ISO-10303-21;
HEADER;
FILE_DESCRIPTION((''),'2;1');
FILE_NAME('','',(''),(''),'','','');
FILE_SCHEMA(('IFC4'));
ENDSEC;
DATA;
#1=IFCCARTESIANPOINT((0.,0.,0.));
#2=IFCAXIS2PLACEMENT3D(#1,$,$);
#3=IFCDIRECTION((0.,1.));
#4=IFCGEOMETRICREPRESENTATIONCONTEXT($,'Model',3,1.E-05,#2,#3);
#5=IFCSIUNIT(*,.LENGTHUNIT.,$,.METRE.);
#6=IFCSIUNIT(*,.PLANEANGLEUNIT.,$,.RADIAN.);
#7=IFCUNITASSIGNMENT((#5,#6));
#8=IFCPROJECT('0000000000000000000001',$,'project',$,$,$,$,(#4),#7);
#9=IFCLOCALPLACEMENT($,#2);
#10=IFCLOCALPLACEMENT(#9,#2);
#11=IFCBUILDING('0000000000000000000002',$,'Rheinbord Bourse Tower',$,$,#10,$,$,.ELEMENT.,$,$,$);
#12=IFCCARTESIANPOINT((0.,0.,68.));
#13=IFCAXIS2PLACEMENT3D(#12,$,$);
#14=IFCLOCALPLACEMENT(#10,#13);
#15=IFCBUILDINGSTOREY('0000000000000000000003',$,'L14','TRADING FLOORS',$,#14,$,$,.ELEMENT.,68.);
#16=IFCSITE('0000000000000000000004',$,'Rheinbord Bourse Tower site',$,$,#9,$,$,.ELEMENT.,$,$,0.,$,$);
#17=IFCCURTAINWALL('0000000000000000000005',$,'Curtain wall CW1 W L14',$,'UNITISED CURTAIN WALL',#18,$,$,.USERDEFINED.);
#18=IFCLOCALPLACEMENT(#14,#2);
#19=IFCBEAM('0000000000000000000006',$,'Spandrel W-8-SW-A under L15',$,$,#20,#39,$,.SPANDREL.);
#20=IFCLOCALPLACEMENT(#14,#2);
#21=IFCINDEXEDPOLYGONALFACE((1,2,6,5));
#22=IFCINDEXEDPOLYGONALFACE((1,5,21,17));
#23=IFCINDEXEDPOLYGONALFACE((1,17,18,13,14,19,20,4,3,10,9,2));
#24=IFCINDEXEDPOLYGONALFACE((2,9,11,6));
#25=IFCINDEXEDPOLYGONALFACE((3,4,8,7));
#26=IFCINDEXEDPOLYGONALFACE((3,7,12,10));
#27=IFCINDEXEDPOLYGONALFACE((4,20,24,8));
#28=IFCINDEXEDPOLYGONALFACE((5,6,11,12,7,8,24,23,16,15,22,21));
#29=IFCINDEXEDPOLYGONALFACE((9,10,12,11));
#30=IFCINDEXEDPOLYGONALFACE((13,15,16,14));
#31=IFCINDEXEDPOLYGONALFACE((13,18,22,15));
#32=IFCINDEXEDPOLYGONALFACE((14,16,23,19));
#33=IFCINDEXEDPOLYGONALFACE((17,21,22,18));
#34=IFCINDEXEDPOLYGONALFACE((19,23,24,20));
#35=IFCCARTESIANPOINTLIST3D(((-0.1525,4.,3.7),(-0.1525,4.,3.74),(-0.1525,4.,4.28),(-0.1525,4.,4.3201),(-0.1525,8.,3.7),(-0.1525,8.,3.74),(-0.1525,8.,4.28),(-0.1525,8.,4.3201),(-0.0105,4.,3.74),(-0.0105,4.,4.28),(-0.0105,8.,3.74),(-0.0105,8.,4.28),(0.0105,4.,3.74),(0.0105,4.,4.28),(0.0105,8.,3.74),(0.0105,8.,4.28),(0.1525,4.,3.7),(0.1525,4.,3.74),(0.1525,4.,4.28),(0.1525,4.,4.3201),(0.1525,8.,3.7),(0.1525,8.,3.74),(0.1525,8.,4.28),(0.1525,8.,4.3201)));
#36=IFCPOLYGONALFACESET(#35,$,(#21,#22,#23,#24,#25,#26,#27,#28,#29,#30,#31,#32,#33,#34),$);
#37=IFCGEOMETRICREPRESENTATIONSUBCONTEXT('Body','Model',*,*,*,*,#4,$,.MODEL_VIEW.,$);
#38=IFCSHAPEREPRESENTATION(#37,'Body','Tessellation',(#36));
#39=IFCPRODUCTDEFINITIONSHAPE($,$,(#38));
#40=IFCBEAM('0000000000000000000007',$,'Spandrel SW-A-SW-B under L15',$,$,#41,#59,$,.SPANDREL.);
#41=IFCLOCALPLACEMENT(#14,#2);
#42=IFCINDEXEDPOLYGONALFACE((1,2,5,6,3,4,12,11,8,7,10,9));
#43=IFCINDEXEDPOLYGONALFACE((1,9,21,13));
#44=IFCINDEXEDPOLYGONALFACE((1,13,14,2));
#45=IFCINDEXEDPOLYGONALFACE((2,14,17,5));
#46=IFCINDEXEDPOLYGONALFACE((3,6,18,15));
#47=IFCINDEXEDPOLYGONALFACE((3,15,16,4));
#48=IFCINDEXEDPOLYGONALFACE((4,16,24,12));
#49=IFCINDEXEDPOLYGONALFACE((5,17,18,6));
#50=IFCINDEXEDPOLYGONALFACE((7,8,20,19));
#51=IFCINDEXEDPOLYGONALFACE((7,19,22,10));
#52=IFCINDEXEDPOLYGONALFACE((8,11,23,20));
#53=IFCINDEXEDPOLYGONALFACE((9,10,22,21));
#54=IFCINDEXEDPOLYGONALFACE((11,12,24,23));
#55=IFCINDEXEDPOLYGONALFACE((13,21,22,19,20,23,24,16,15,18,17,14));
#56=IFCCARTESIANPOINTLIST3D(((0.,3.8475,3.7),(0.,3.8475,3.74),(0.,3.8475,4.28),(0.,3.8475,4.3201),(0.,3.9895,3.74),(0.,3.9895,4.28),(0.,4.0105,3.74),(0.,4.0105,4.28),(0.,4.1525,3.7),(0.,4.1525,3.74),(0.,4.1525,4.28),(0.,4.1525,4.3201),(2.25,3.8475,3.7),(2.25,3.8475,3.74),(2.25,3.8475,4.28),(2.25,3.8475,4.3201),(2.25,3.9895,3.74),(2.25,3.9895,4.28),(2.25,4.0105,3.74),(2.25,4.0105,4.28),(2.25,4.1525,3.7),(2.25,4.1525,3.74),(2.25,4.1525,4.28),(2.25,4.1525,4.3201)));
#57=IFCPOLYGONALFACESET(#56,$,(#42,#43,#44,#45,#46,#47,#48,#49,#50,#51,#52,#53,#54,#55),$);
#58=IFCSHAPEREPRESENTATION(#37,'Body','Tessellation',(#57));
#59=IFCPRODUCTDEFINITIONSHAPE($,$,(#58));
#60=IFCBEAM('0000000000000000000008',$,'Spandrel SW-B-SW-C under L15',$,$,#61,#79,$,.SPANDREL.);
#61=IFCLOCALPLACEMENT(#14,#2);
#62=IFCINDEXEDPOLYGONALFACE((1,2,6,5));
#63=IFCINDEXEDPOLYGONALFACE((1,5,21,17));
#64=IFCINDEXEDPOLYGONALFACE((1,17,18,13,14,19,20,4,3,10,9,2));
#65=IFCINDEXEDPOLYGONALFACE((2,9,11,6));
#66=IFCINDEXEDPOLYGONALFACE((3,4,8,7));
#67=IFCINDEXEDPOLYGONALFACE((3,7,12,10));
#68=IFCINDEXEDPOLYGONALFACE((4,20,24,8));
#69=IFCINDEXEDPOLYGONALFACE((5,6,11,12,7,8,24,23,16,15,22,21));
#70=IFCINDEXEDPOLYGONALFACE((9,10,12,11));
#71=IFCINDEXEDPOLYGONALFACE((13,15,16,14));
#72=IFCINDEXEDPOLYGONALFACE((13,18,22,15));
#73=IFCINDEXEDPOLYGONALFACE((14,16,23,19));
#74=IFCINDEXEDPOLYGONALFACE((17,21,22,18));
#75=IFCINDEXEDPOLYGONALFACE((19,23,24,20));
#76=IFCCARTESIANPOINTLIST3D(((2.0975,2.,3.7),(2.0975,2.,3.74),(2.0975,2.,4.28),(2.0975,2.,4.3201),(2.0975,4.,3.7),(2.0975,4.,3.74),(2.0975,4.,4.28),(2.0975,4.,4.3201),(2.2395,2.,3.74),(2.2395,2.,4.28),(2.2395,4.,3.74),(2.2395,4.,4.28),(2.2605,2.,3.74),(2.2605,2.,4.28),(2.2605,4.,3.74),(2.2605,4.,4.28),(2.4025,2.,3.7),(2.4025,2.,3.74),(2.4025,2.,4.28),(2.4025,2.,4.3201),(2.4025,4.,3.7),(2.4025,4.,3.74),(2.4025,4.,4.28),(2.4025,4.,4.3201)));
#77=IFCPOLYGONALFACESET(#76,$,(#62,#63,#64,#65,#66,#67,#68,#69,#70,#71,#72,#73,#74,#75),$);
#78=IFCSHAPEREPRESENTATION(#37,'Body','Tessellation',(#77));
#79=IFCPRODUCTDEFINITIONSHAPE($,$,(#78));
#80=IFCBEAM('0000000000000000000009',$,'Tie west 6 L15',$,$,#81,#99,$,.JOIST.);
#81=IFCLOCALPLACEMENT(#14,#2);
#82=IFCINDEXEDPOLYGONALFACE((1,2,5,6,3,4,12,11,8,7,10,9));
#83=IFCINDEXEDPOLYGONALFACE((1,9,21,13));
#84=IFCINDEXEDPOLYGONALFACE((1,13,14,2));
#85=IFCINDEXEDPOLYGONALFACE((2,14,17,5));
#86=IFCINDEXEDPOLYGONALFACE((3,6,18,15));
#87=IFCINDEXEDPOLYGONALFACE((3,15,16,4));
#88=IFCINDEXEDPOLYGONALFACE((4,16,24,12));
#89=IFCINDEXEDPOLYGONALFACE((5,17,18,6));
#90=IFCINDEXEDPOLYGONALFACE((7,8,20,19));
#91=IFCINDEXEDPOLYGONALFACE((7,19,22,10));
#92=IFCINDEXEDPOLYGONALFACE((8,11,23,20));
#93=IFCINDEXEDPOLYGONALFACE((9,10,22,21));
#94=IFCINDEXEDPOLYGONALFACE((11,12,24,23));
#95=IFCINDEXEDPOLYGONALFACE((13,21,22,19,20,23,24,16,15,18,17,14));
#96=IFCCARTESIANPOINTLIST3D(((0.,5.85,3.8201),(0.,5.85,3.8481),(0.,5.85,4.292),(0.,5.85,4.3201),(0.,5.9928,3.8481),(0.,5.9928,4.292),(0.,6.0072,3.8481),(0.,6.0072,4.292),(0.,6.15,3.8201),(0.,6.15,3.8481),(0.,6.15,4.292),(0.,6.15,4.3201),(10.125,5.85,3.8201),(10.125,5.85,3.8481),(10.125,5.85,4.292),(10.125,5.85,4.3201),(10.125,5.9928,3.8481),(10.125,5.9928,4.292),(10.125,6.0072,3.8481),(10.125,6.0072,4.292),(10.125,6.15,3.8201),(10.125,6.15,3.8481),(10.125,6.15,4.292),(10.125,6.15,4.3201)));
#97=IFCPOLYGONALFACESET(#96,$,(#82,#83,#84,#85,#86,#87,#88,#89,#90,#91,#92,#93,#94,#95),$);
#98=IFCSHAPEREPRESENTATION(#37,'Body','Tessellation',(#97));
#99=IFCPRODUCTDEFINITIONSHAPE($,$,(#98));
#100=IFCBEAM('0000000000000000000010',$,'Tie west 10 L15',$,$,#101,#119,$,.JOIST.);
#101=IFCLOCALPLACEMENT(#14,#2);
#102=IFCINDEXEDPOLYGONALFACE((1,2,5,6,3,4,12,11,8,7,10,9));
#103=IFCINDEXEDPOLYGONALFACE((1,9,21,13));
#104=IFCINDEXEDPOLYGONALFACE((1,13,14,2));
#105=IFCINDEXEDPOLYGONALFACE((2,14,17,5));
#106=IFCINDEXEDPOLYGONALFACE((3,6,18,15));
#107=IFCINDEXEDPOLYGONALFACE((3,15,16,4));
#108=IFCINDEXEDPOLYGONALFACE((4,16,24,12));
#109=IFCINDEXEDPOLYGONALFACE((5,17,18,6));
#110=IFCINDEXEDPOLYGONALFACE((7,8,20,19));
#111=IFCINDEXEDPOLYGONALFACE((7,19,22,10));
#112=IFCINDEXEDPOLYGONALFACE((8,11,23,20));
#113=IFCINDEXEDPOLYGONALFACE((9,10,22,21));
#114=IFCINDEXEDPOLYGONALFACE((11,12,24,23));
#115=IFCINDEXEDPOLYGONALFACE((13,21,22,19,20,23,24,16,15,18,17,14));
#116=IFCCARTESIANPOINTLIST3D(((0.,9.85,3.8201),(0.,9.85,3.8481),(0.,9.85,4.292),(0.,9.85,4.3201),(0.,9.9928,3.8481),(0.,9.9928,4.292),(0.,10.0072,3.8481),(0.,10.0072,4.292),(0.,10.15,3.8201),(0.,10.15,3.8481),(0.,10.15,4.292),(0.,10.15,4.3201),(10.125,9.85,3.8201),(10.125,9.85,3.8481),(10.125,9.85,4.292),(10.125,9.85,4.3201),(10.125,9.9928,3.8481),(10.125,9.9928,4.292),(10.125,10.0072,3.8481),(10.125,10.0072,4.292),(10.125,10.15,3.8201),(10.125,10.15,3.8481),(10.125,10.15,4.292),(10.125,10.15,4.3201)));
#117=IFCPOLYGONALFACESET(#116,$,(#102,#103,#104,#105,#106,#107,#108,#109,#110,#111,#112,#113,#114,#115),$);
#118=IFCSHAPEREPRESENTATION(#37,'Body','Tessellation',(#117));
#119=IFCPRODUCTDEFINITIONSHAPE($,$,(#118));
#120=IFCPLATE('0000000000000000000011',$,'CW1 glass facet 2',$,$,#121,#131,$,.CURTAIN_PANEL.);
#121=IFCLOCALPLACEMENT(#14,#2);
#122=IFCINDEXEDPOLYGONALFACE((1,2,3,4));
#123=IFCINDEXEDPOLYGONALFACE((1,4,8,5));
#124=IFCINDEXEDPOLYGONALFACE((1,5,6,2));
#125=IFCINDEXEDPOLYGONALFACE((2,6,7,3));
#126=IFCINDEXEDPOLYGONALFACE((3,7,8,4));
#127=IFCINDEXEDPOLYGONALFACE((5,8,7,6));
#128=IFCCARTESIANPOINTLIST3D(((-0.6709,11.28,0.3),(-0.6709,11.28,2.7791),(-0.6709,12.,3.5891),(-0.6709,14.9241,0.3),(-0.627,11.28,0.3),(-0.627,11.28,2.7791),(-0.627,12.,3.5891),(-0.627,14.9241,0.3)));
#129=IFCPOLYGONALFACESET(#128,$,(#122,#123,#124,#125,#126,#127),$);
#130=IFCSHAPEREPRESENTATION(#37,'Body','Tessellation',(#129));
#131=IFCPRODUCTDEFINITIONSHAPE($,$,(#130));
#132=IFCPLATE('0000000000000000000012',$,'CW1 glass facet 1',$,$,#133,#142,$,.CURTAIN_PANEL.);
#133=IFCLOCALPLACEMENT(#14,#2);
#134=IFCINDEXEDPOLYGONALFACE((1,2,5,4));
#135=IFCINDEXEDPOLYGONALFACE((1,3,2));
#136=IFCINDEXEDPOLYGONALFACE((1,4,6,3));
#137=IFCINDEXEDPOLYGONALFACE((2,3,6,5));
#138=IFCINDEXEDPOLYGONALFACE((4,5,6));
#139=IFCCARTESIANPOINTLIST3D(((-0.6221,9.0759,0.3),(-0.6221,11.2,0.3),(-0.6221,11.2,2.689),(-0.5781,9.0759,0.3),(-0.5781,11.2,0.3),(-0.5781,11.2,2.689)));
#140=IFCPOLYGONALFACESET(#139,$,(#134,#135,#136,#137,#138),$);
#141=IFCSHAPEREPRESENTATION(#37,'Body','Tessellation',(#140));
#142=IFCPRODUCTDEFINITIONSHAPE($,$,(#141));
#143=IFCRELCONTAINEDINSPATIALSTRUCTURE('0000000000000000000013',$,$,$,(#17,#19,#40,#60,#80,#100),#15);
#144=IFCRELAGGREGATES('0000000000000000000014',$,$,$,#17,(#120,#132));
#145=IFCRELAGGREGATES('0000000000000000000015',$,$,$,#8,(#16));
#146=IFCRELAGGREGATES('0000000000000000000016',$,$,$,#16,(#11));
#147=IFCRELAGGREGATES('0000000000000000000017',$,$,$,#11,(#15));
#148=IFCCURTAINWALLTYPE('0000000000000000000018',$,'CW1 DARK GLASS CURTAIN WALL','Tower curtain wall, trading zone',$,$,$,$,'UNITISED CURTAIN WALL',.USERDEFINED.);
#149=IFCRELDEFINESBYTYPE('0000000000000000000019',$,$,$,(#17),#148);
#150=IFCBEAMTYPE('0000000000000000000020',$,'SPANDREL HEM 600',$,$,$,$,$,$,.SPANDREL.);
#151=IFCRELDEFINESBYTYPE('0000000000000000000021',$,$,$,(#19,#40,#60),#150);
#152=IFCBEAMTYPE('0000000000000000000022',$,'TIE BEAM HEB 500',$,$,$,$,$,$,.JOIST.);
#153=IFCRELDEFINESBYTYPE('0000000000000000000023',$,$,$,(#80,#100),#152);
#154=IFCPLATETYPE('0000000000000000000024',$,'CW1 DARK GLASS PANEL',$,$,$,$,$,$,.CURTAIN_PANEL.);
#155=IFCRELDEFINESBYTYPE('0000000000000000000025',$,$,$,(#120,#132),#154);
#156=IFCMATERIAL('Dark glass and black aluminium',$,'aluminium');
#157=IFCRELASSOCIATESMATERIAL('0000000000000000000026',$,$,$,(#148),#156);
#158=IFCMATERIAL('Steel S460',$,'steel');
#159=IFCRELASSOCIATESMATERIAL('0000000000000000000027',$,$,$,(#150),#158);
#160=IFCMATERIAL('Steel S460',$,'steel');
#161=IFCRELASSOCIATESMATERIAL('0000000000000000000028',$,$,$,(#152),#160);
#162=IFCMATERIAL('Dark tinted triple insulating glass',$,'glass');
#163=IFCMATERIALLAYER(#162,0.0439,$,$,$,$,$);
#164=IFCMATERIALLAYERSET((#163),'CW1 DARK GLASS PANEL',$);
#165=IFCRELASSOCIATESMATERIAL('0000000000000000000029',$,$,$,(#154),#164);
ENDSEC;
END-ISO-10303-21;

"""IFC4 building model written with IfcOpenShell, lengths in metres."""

from ifc_helpers import new_model, si_unit, direction, frame, origin, origin_2d, place, context, subcontext, project, spatial, polyline, i_section, outline, extrude, material, layer, layer_set, material_profile, profile_set, type_object, element, aggregate, save


model = new_model("IFC4")

# Units and contexts
model_context = context("Model", 3, precision=1e-05, world=origin(), true_north=direction((0.0, 1.0)))
body_context = subcontext(model_context, "Body", "Model", "MODEL_VIEW")
ifc_project = project(units=[si_unit("LENGTHUNIT", "METRE"), si_unit("PLANEANGLEUNIT", "RADIAN")], contexts=[model_context])

# Site, building, storey
site_placement = place(None, origin())
site = spatial("IfcSite", under=ifc_project, at=site_placement, Name="Rheinbord Bourse Tower site", CompositionType="ELEMENT", RefElevation=0.0)
building_placement = place(site_placement, origin())
building = spatial("IfcBuilding", under=site, at=building_placement, Name="Rheinbord Bourse Tower", CompositionType="ELEMENT")
storey_placement = place(building_placement, frame((0.0, 0.0, 68.0)))
storey = spatial("IfcBuildingStorey", under=building, at=storey_placement, Name="L14", Description="TRADING FLOORS", CompositionType="ELEMENT", Elevation=68.0)

# Curtain wall
ifc_material_1 = material(Name="Dark glass and black aluminium", Category="aluminium")
curtain_wall_type = type_object("IfcCurtainWallType", Name="CW1 DARK GLASS CURTAIN WALL", Description="Tower curtain wall, trading zone", ElementType="UNITISED CURTAIN WALL", PredefinedType="USERDEFINED", material=ifc_material_1)
curtain_wall_placement = place(storey_placement, origin())
curtain_wall = element("IfcCurtainWall", 1, at=curtain_wall_placement, inside=storey, type_object=curtain_wall_type, Name="Curtain wall CW1 W L14", ObjectType="UNITISED CURTAIN WALL", PredefinedType="USERDEFINED")

# Beams
ifc_material_2 = material(Name="Steel S460", Category="steel")
ifc_material_profile_1 = material_profile(ifc_material_2, i_section(OverallWidth=0.3049, OverallDepth=0.6201, WebThickness=0.021, FlangeThickness=0.04, at=origin_2d()), Name="HEM 600")
ifc_profile_set_1 = profile_set([ifc_material_profile_1], Name="Steel S460")
beam_type_1 = type_object("IfcBeamType", Name="SPANDREL HEM 600", PredefinedType="SPANDREL", material=ifc_profile_set_1)
beam_1_placement = place(storey_placement, frame((0.0, 8.0, 4.01), z_axis=(0.0, -1.0, 0.0), x_axis=(1.0, 0.0, 0.0)))
element("IfcBeam", 2, at=beam_1_placement, inside=storey, type_object=beam_type_1, Name="Spandrel W-8-SW-A under L15", PredefinedType="SPANDREL", context=body_context, shape_type="SweptSolid", body=[
    extrude(i_section(OverallWidth=0.3049, OverallDepth=0.6201, WebThickness=0.021, FlangeThickness=0.04, at=origin_2d()), origin(), (0.0, 0.0, 1.0), 4.0),
])
beam_2_placement = place(storey_placement, frame((0.0, 4.0, 4.01), z_axis=(1.0, 0.0, 0.0), x_axis=(0.0, 1.0, 0.0)))
element("IfcBeam", 3, at=beam_2_placement, inside=storey, type_object=beam_type_1, Name="Spandrel SW-A-SW-B under L15", PredefinedType="SPANDREL", context=body_context, shape_type="SweptSolid", body=[
    extrude(i_section(OverallWidth=0.3049, OverallDepth=0.6201, WebThickness=0.021, FlangeThickness=0.04, at=origin_2d()), origin(), (0.0, 0.0, 1.0), 2.25),
])
beam_3_placement = place(storey_placement, frame((2.25, 4.0, 4.01), z_axis=(0.0, -1.0, 0.0), x_axis=(1.0, 0.0, 0.0)))
element("IfcBeam", 4, at=beam_3_placement, inside=storey, type_object=beam_type_1, Name="Spandrel SW-B-SW-C under L15", PredefinedType="SPANDREL", context=body_context, shape_type="SweptSolid", body=[
    extrude(i_section(OverallWidth=0.3049, OverallDepth=0.6201, WebThickness=0.021, FlangeThickness=0.04, at=origin_2d()), origin(), (0.0, 0.0, 1.0), 2.0),
])
ifc_material_3 = material(Name="Steel S460", Category="steel")
ifc_material_profile_2 = material_profile(ifc_material_3, i_section(OverallWidth=0.3, OverallDepth=0.5, WebThickness=0.0144, FlangeThickness=0.0281, at=origin_2d()), Name="HEB 500")
ifc_profile_set_2 = profile_set([ifc_material_profile_2], Name="Steel S460")
beam_type_2 = type_object("IfcBeamType", Name="TIE BEAM HEB 500", PredefinedType="JOIST", material=ifc_profile_set_2)
for number, where, z_axis, x_axis, name in (
    (5, (0.0, 6.0, 4.0701), (1.0, 0.0, 0.0), (0.0, 1.0, 0.0), "Tie west 6 L15"),
    (6, (0.0, 10.0, 4.0701), (1.0, 0.0, 0.0), (0.0, 1.0, 0.0), "Tie west 10 L15"),
):
    element("IfcBeam", number, at=place(storey_placement, frame(where, z_axis=z_axis, x_axis=x_axis)), inside=storey, type_object=beam_type_2, Name=name, PredefinedType="JOIST", context=body_context, shape_type="SweptSolid", body=[
        extrude(i_section(OverallWidth=0.3, OverallDepth=0.5, WebThickness=0.0144, FlangeThickness=0.0281, at=origin_2d()), origin(), (0.0, 0.0, 1.0), 10.125),
    ])

# Plates
ifc_material_4 = material(Name="Dark tinted triple insulating glass", Category="glass")
ifc_layer_1 = layer(ifc_material_4, 0.0439)
ifc_layer_set_1 = layer_set([ifc_layer_1], Name="CW1 DARK GLASS PANEL")
plate_type = type_object("IfcPlateType", Name="CW1 DARK GLASS PANEL", PredefinedType="CURTAIN_PANEL", material=ifc_layer_set_1)
plate_1_placement = place(storey_placement, frame((-0.6709, 11.28, 0.3), z_axis=(1.0, 0.0, 0.0), x_axis=(0.0, 1.0, 0.0)))
plate_1 = element("IfcPlate", 7, at=plate_1_placement, type_object=plate_type, Name="CW1 glass facet 2", PredefinedType="CURTAIN_PANEL", context=body_context, shape_type="SweptSolid", body=[
    extrude(outline(polyline([(0.0, 0.0), (3.644, 0.0), (0.72, 3.2891), (0.0, 2.479), (0.0, 0.0)])), origin(), (0.0, 0.0, 1.0), 0.0439),
])
plate_2_placement = place(storey_placement, frame((-0.6221, 11.2, 0.3), z_axis=(1.0, 0.0, 0.0), x_axis=(0.0, 0.0, 1.0)))
plate_2 = element("IfcPlate", 8, at=plate_2_placement, type_object=plate_type, Name="CW1 glass facet 1", PredefinedType="CURTAIN_PANEL", context=body_context, shape_type="SweptSolid", body=[
    extrude(outline(polyline([(0.0, 0.0), (2.3889, 0.0), (0.0, 2.124), (0.0, 0.0)])), origin(), (0.0, 0.0, 1.0), 0.0439),
])
aggregate(curtain_wall, [plate_1, plate_2])

save(model, "model.ifc")
